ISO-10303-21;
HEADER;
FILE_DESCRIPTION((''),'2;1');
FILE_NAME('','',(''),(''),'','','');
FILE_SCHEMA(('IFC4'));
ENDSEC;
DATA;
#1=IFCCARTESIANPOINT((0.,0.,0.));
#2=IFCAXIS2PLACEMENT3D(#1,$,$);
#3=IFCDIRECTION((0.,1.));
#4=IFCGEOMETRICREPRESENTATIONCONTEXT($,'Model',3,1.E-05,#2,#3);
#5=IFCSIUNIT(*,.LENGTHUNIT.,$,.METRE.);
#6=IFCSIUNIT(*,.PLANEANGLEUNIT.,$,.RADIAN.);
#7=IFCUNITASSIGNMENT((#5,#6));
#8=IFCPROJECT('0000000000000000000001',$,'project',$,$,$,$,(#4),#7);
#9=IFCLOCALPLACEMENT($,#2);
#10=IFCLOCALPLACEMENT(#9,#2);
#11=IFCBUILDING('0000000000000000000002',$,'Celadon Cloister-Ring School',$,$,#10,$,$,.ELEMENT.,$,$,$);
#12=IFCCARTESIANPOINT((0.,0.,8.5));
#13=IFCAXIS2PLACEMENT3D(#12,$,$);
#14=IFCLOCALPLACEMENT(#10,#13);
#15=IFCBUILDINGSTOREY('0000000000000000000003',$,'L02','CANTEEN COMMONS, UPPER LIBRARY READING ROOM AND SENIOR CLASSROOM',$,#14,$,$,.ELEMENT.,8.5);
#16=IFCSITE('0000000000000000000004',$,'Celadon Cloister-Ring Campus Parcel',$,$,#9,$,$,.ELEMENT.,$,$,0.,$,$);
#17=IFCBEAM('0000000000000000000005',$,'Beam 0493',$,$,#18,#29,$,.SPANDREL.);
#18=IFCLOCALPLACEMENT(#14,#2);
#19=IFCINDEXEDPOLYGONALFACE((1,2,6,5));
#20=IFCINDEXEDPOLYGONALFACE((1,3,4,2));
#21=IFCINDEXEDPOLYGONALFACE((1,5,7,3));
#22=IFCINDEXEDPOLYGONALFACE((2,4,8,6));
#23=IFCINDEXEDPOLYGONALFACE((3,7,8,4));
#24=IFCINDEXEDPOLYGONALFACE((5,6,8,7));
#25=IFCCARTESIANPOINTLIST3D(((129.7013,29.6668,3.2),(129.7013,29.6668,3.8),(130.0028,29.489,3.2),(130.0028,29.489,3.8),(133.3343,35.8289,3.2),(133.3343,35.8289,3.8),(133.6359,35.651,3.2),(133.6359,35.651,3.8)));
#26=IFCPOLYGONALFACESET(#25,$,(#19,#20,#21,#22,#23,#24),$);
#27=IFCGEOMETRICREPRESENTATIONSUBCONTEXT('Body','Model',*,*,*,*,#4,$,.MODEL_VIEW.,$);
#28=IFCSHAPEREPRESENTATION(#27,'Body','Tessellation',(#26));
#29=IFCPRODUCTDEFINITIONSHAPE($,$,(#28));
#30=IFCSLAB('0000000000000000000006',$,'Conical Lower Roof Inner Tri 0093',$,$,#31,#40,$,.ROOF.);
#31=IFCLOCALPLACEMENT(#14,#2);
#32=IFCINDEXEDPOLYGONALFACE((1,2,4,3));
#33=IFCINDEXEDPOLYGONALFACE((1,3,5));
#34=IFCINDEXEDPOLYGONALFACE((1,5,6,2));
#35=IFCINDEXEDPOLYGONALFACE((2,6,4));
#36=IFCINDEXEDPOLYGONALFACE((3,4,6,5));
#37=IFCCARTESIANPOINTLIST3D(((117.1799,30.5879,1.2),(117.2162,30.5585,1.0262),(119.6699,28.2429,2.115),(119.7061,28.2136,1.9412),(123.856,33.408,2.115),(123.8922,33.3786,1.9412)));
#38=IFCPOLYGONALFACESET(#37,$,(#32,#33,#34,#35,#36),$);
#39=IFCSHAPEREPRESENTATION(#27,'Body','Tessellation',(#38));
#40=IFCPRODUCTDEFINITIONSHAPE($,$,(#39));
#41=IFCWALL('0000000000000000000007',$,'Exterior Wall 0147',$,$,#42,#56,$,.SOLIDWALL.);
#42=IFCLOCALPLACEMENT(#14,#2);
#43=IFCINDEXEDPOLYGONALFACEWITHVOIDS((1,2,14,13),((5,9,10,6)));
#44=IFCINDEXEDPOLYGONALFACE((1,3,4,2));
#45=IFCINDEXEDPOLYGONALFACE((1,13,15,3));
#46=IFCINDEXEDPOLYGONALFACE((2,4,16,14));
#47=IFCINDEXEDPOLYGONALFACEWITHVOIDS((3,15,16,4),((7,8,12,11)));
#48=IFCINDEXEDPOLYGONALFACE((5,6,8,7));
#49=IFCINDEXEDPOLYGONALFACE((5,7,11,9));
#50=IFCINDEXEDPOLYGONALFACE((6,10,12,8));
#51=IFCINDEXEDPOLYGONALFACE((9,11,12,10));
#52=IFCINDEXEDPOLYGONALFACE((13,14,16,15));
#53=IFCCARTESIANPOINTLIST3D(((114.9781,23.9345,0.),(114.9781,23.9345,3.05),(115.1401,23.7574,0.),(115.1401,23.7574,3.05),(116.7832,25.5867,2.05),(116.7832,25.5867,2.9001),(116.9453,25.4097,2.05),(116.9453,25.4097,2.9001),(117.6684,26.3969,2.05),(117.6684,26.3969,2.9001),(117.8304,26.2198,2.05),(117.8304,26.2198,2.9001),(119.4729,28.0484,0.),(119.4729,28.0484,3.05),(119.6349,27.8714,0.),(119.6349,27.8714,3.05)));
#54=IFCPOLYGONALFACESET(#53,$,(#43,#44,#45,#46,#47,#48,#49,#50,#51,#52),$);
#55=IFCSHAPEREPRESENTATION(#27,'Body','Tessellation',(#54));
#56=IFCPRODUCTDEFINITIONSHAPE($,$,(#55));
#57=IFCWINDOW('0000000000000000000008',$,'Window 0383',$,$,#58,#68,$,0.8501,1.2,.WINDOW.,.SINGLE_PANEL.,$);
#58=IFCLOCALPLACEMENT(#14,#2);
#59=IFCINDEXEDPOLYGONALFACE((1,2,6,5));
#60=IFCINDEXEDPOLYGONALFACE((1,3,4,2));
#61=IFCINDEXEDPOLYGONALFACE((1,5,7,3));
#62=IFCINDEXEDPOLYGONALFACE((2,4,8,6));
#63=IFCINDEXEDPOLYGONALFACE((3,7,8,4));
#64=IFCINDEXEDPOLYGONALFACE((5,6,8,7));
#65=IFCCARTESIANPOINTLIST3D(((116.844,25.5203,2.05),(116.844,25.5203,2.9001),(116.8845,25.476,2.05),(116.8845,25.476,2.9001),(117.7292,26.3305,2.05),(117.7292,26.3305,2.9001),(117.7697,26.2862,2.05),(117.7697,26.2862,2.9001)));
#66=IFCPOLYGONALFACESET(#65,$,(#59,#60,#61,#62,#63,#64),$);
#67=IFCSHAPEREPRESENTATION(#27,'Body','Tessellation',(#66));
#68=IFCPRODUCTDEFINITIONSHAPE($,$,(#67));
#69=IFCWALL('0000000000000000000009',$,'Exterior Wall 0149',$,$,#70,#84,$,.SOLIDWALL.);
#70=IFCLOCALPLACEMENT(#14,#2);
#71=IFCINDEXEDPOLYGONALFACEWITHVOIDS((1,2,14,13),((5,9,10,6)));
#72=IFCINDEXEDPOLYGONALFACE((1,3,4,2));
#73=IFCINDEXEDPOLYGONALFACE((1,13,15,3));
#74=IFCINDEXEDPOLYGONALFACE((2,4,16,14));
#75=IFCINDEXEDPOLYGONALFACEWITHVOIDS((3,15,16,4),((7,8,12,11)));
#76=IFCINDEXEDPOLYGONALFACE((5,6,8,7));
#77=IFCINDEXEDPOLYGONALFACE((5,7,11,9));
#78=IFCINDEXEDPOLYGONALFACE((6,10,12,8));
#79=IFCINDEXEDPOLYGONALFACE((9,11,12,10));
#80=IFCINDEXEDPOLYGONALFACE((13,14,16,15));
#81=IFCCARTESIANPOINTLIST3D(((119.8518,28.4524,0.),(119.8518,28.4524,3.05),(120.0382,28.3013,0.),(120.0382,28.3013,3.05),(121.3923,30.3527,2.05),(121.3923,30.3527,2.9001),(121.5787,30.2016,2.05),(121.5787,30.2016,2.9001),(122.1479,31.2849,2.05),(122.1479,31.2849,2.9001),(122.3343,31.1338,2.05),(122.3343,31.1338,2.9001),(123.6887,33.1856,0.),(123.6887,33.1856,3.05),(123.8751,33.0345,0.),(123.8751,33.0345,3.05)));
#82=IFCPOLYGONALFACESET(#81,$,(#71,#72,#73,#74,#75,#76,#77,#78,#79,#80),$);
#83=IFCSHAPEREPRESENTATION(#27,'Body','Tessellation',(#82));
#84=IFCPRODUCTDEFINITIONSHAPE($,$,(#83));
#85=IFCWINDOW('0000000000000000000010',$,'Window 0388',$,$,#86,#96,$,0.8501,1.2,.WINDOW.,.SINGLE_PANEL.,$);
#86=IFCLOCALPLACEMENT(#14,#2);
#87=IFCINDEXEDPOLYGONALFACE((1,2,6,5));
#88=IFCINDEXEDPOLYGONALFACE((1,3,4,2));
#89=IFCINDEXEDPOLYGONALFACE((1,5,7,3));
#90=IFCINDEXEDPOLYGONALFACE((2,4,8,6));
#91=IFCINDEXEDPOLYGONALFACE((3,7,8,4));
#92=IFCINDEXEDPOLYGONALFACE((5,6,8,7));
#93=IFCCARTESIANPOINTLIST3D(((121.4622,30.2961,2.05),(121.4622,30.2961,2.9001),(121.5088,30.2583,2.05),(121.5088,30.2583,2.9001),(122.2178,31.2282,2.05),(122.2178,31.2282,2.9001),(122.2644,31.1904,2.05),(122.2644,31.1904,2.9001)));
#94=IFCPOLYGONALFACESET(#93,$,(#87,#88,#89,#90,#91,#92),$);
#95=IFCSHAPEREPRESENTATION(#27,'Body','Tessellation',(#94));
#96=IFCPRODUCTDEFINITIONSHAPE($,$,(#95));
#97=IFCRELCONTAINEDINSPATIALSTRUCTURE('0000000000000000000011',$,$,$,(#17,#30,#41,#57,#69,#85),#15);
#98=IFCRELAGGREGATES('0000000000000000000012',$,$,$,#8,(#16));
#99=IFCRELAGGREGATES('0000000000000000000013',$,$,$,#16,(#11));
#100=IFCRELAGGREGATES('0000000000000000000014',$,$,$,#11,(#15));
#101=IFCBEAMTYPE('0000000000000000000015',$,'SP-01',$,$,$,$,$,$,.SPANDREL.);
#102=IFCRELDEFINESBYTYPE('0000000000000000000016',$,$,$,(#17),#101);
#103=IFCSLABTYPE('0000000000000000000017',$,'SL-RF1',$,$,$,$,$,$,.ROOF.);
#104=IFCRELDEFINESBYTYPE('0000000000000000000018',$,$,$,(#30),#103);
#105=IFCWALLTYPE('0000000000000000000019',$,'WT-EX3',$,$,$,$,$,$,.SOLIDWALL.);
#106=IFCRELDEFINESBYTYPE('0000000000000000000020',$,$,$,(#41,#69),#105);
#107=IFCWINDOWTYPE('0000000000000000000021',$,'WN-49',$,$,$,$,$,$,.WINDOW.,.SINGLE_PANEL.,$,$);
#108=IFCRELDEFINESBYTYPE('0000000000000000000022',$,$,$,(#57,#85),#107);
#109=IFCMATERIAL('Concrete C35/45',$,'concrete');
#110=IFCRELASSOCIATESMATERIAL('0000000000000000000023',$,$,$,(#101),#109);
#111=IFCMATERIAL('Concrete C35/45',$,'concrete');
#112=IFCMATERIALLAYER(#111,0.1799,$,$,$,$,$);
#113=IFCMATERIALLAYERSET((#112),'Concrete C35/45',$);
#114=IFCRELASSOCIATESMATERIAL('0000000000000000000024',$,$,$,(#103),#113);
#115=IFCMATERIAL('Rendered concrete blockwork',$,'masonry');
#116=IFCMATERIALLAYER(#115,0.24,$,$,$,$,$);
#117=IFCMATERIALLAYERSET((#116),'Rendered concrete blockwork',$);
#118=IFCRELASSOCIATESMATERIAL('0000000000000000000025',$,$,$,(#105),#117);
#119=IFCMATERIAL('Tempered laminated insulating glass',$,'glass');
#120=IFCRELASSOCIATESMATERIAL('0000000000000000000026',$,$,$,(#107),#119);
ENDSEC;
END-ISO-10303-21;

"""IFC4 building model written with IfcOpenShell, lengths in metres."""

from ifc_helpers import new_model, si_unit, direction, frame, frame_2d, origin, origin_2d, place, context, subcontext, project, spatial, polyline, rectangle, outline, extrude, material, layer, layer_set, material_profile, profile_set, type_object, element, fill, save


model = new_model("IFC4")

# Units and contexts
model_context = context("Model", 3, precision=1e-05, world=origin(), true_north=direction((0.0, 1.0)))
body_context = subcontext(model_context, "Body", "Model", "MODEL_VIEW")
ifc_project = project(units=[si_unit("LENGTHUNIT", "METRE"), si_unit("PLANEANGLEUNIT", "RADIAN")], contexts=[model_context])

# Site, building, storey
site_placement = place(None, origin())
site = spatial("IfcSite", under=ifc_project, at=site_placement, Name="Celadon Cloister-Ring Campus Parcel", CompositionType="ELEMENT", RefElevation=0.0)
building_placement = place(site_placement, origin())
building = spatial("IfcBuilding", under=site, at=building_placement, Name="Celadon Cloister-Ring School", CompositionType="ELEMENT")
storey_placement = place(building_placement, frame((0.0, 0.0, 8.5)))
storey = spatial("IfcBuildingStorey", under=building, at=storey_placement, Name="L02", Description="CANTEEN COMMONS, UPPER LIBRARY READING ROOM AND SENIOR CLASSROOM", CompositionType="ELEMENT", Elevation=8.5)

# Beam
ifc_material_1 = material(Name="Concrete C35/45", Category="concrete")
ifc_material_profile_1 = material_profile(ifc_material_1, rectangle(XDim=0.3501, YDim=0.6001, at=origin_2d()), Name="RC350X600")
ifc_profile_set_1 = profile_set([ifc_material_profile_1], Name="Concrete C35/45")
beam_type_1 = type_object("IfcBeamType", Name="SP-01", PredefinedType="SPANDREL", material=ifc_profile_set_1)
beam_1_placement = place(storey_placement, frame((129.8521, 29.5779, 3.5), z_axis=(0.50788, 0.861428, 0.0), x_axis=(-0.861428, 0.50788, 0.0)))
element("IfcBeam", 1, at=beam_1_placement, inside=storey, type_object=beam_type_1, Name="Beam 0493", PredefinedType="SPANDREL", context=body_context, shape_type="SweptSolid", body=[
    extrude(rectangle(XDim=0.3501, YDim=0.6001, at=origin_2d()), origin(), (0.0, 0.0, 1.0), 7.1533),
])

# Slab
ifc_material_2 = material(Name="Concrete C35/45", Category="concrete")
ifc_layer_1 = layer(ifc_material_2, 0.1799)
ifc_layer_set_1 = layer_set([ifc_layer_1], Name="Concrete C35/45")
slab_type = type_object("IfcSlabType", Name="SL-RF1", PredefinedType="ROOF", material=ifc_layer_set_1)
slab_placement = place(storey_placement, frame((117.1799, 30.5879, 1.2), z_axis=(-0.201297, 0.163142, 0.965849), x_axis=(0.703257, -0.662299, 0.258438)))
element("IfcSlab", 2, at=slab_placement, inside=storey, type_object=slab_type, Name="Conical Lower Roof Inner Tri 0093", PredefinedType="ROOF", context=body_context, shape_type="SweptSolid", body=[
    extrude(outline(polyline([(0.0, 0.0), (3.5407, 0.0), (3.0637, 6.6312), (0.0, 0.0)])), origin(), (0.0, 0.0, -1.0), 0.1799),
])

# Walls, openings, windows
ifc_material_3 = material(Name="Rendered concrete blockwork", Category="masonry")
ifc_layer_2 = layer(ifc_material_3, 0.24)
ifc_layer_set_2 = layer_set([ifc_layer_2], Name="Rendered concrete blockwork")
wall_type_1 = type_object("IfcWallType", Name="WT-EX3", PredefinedType="SOLIDWALL", material=ifc_layer_set_2)
wall_1_placement = place(storey_placement, frame((115.0591, 23.8459, 0.0), z_axis=(0.0, 0.0, 1.0), x_axis=(0.737668, 0.675164, 0.0)))
wall_1 = element("IfcWall", 3, at=wall_1_placement, inside=storey, type_object=wall_type_1, Name="Exterior Wall 0147", PredefinedType="SOLIDWALL", context=body_context, shape_type="SweptSolid", body=[
    extrude(rectangle(XDim=6.0933, YDim=0.24, at=frame_2d((3.0466, 0.0))), origin(), (0.0, 0.0, 1.0), 3.05),
])
opening_1_placement = place(wall_1_placement, frame((2.447, 0.0, 2.05)))
opening_1 = element("IfcOpeningElement", 4, at=opening_1_placement, cuts=wall_1, PredefinedType="OPENING", context=body_context, shape_type="SweptSolid", body=[
    extrude(rectangle(XDim=1.2, YDim=0.8501, at=frame_2d((0.6001, 0.425))), frame((0.0, 0.1299, 0.0), z_axis=(0.0, -1.0, 0.0), x_axis=(1.0, 0.0, 0.0)), (0.0, 0.0, 1.0), 0.26),
])
ifc_material_4 = material(Name="Tempered laminated insulating glass", Category="glass")
window_type_1 = type_object("IfcWindowType", Name="WN-49", PartitioningType="SINGLE_PANEL", PredefinedType="WINDOW", material=ifc_material_4)
window_1_placement = place(opening_1_placement, origin())
window_1 = element("IfcWindow", 5, at=window_1_placement, inside=storey, type_object=window_type_1, Name="Window 0383", OverallHeight=0.8501, OverallWidth=1.2, PartitioningType="SINGLE_PANEL", PredefinedType="WINDOW", context=body_context, shape_type="SweptSolid", body=[
    extrude(rectangle(XDim=1.2, YDim=0.8501, at=frame_2d((0.6001, 0.425))), frame((0.0, 0.03, 0.0), z_axis=(0.0, -1.0, 0.0), x_axis=(1.0, 0.0, 0.0)), (0.0, 0.0, 1.0), 0.0601),
])
fill(opening_1, window_1)
wall_2_placement = place(storey_placement, frame((119.9451, 28.377, 0.0), z_axis=(0.0, 0.0, 1.0), x_axis=(0.629725, 0.776818, 0.0)))
wall_2 = element("IfcWall", 6, at=wall_2_placement, inside=storey, type_object=wall_type_1, Name="Exterior Wall 0149", PredefinedType="SOLIDWALL", context=body_context, shape_type="SweptSolid", body=[
    extrude(rectangle(XDim=6.093, YDim=0.24, at=frame_2d((3.0464, 0.0))), origin(), (0.0, 0.0, 1.0), 3.05),
])
opening_2_placement = place(wall_2_placement, frame((2.446, 0.0, 2.05)))
opening_2 = element("IfcOpeningElement", 7, at=opening_2_placement, cuts=wall_2, PredefinedType="OPENING", context=body_context, shape_type="SweptSolid", body=[
    extrude(rectangle(XDim=1.2, YDim=0.8501, at=frame_2d((0.6001, 0.425))), frame((0.0, 0.1299, 0.0), z_axis=(0.0, -1.0, 0.0), x_axis=(1.0, 0.0, 0.0)), (0.0, 0.0, 1.0), 0.26),
])
window_2_placement = place(opening_2_placement, origin())
window_2 = element("IfcWindow", 8, at=window_2_placement, inside=storey, type_object=window_type_1, Name="Window 0388", OverallHeight=0.8501, OverallWidth=1.2, PartitioningType="SINGLE_PANEL", PredefinedType="WINDOW", context=body_context, shape_type="SweptSolid", body=[
    extrude(rectangle(XDim=1.2, YDim=0.8501, at=frame_2d((0.6001, 0.425))), frame((0.0, 0.03, 0.0), z_axis=(0.0, -1.0, 0.0), x_axis=(1.0, 0.0, 0.0)), (0.0, 0.0, 1.0), 0.0601),
])
fill(opening_2, window_2)

save(model, "model.ifc")
